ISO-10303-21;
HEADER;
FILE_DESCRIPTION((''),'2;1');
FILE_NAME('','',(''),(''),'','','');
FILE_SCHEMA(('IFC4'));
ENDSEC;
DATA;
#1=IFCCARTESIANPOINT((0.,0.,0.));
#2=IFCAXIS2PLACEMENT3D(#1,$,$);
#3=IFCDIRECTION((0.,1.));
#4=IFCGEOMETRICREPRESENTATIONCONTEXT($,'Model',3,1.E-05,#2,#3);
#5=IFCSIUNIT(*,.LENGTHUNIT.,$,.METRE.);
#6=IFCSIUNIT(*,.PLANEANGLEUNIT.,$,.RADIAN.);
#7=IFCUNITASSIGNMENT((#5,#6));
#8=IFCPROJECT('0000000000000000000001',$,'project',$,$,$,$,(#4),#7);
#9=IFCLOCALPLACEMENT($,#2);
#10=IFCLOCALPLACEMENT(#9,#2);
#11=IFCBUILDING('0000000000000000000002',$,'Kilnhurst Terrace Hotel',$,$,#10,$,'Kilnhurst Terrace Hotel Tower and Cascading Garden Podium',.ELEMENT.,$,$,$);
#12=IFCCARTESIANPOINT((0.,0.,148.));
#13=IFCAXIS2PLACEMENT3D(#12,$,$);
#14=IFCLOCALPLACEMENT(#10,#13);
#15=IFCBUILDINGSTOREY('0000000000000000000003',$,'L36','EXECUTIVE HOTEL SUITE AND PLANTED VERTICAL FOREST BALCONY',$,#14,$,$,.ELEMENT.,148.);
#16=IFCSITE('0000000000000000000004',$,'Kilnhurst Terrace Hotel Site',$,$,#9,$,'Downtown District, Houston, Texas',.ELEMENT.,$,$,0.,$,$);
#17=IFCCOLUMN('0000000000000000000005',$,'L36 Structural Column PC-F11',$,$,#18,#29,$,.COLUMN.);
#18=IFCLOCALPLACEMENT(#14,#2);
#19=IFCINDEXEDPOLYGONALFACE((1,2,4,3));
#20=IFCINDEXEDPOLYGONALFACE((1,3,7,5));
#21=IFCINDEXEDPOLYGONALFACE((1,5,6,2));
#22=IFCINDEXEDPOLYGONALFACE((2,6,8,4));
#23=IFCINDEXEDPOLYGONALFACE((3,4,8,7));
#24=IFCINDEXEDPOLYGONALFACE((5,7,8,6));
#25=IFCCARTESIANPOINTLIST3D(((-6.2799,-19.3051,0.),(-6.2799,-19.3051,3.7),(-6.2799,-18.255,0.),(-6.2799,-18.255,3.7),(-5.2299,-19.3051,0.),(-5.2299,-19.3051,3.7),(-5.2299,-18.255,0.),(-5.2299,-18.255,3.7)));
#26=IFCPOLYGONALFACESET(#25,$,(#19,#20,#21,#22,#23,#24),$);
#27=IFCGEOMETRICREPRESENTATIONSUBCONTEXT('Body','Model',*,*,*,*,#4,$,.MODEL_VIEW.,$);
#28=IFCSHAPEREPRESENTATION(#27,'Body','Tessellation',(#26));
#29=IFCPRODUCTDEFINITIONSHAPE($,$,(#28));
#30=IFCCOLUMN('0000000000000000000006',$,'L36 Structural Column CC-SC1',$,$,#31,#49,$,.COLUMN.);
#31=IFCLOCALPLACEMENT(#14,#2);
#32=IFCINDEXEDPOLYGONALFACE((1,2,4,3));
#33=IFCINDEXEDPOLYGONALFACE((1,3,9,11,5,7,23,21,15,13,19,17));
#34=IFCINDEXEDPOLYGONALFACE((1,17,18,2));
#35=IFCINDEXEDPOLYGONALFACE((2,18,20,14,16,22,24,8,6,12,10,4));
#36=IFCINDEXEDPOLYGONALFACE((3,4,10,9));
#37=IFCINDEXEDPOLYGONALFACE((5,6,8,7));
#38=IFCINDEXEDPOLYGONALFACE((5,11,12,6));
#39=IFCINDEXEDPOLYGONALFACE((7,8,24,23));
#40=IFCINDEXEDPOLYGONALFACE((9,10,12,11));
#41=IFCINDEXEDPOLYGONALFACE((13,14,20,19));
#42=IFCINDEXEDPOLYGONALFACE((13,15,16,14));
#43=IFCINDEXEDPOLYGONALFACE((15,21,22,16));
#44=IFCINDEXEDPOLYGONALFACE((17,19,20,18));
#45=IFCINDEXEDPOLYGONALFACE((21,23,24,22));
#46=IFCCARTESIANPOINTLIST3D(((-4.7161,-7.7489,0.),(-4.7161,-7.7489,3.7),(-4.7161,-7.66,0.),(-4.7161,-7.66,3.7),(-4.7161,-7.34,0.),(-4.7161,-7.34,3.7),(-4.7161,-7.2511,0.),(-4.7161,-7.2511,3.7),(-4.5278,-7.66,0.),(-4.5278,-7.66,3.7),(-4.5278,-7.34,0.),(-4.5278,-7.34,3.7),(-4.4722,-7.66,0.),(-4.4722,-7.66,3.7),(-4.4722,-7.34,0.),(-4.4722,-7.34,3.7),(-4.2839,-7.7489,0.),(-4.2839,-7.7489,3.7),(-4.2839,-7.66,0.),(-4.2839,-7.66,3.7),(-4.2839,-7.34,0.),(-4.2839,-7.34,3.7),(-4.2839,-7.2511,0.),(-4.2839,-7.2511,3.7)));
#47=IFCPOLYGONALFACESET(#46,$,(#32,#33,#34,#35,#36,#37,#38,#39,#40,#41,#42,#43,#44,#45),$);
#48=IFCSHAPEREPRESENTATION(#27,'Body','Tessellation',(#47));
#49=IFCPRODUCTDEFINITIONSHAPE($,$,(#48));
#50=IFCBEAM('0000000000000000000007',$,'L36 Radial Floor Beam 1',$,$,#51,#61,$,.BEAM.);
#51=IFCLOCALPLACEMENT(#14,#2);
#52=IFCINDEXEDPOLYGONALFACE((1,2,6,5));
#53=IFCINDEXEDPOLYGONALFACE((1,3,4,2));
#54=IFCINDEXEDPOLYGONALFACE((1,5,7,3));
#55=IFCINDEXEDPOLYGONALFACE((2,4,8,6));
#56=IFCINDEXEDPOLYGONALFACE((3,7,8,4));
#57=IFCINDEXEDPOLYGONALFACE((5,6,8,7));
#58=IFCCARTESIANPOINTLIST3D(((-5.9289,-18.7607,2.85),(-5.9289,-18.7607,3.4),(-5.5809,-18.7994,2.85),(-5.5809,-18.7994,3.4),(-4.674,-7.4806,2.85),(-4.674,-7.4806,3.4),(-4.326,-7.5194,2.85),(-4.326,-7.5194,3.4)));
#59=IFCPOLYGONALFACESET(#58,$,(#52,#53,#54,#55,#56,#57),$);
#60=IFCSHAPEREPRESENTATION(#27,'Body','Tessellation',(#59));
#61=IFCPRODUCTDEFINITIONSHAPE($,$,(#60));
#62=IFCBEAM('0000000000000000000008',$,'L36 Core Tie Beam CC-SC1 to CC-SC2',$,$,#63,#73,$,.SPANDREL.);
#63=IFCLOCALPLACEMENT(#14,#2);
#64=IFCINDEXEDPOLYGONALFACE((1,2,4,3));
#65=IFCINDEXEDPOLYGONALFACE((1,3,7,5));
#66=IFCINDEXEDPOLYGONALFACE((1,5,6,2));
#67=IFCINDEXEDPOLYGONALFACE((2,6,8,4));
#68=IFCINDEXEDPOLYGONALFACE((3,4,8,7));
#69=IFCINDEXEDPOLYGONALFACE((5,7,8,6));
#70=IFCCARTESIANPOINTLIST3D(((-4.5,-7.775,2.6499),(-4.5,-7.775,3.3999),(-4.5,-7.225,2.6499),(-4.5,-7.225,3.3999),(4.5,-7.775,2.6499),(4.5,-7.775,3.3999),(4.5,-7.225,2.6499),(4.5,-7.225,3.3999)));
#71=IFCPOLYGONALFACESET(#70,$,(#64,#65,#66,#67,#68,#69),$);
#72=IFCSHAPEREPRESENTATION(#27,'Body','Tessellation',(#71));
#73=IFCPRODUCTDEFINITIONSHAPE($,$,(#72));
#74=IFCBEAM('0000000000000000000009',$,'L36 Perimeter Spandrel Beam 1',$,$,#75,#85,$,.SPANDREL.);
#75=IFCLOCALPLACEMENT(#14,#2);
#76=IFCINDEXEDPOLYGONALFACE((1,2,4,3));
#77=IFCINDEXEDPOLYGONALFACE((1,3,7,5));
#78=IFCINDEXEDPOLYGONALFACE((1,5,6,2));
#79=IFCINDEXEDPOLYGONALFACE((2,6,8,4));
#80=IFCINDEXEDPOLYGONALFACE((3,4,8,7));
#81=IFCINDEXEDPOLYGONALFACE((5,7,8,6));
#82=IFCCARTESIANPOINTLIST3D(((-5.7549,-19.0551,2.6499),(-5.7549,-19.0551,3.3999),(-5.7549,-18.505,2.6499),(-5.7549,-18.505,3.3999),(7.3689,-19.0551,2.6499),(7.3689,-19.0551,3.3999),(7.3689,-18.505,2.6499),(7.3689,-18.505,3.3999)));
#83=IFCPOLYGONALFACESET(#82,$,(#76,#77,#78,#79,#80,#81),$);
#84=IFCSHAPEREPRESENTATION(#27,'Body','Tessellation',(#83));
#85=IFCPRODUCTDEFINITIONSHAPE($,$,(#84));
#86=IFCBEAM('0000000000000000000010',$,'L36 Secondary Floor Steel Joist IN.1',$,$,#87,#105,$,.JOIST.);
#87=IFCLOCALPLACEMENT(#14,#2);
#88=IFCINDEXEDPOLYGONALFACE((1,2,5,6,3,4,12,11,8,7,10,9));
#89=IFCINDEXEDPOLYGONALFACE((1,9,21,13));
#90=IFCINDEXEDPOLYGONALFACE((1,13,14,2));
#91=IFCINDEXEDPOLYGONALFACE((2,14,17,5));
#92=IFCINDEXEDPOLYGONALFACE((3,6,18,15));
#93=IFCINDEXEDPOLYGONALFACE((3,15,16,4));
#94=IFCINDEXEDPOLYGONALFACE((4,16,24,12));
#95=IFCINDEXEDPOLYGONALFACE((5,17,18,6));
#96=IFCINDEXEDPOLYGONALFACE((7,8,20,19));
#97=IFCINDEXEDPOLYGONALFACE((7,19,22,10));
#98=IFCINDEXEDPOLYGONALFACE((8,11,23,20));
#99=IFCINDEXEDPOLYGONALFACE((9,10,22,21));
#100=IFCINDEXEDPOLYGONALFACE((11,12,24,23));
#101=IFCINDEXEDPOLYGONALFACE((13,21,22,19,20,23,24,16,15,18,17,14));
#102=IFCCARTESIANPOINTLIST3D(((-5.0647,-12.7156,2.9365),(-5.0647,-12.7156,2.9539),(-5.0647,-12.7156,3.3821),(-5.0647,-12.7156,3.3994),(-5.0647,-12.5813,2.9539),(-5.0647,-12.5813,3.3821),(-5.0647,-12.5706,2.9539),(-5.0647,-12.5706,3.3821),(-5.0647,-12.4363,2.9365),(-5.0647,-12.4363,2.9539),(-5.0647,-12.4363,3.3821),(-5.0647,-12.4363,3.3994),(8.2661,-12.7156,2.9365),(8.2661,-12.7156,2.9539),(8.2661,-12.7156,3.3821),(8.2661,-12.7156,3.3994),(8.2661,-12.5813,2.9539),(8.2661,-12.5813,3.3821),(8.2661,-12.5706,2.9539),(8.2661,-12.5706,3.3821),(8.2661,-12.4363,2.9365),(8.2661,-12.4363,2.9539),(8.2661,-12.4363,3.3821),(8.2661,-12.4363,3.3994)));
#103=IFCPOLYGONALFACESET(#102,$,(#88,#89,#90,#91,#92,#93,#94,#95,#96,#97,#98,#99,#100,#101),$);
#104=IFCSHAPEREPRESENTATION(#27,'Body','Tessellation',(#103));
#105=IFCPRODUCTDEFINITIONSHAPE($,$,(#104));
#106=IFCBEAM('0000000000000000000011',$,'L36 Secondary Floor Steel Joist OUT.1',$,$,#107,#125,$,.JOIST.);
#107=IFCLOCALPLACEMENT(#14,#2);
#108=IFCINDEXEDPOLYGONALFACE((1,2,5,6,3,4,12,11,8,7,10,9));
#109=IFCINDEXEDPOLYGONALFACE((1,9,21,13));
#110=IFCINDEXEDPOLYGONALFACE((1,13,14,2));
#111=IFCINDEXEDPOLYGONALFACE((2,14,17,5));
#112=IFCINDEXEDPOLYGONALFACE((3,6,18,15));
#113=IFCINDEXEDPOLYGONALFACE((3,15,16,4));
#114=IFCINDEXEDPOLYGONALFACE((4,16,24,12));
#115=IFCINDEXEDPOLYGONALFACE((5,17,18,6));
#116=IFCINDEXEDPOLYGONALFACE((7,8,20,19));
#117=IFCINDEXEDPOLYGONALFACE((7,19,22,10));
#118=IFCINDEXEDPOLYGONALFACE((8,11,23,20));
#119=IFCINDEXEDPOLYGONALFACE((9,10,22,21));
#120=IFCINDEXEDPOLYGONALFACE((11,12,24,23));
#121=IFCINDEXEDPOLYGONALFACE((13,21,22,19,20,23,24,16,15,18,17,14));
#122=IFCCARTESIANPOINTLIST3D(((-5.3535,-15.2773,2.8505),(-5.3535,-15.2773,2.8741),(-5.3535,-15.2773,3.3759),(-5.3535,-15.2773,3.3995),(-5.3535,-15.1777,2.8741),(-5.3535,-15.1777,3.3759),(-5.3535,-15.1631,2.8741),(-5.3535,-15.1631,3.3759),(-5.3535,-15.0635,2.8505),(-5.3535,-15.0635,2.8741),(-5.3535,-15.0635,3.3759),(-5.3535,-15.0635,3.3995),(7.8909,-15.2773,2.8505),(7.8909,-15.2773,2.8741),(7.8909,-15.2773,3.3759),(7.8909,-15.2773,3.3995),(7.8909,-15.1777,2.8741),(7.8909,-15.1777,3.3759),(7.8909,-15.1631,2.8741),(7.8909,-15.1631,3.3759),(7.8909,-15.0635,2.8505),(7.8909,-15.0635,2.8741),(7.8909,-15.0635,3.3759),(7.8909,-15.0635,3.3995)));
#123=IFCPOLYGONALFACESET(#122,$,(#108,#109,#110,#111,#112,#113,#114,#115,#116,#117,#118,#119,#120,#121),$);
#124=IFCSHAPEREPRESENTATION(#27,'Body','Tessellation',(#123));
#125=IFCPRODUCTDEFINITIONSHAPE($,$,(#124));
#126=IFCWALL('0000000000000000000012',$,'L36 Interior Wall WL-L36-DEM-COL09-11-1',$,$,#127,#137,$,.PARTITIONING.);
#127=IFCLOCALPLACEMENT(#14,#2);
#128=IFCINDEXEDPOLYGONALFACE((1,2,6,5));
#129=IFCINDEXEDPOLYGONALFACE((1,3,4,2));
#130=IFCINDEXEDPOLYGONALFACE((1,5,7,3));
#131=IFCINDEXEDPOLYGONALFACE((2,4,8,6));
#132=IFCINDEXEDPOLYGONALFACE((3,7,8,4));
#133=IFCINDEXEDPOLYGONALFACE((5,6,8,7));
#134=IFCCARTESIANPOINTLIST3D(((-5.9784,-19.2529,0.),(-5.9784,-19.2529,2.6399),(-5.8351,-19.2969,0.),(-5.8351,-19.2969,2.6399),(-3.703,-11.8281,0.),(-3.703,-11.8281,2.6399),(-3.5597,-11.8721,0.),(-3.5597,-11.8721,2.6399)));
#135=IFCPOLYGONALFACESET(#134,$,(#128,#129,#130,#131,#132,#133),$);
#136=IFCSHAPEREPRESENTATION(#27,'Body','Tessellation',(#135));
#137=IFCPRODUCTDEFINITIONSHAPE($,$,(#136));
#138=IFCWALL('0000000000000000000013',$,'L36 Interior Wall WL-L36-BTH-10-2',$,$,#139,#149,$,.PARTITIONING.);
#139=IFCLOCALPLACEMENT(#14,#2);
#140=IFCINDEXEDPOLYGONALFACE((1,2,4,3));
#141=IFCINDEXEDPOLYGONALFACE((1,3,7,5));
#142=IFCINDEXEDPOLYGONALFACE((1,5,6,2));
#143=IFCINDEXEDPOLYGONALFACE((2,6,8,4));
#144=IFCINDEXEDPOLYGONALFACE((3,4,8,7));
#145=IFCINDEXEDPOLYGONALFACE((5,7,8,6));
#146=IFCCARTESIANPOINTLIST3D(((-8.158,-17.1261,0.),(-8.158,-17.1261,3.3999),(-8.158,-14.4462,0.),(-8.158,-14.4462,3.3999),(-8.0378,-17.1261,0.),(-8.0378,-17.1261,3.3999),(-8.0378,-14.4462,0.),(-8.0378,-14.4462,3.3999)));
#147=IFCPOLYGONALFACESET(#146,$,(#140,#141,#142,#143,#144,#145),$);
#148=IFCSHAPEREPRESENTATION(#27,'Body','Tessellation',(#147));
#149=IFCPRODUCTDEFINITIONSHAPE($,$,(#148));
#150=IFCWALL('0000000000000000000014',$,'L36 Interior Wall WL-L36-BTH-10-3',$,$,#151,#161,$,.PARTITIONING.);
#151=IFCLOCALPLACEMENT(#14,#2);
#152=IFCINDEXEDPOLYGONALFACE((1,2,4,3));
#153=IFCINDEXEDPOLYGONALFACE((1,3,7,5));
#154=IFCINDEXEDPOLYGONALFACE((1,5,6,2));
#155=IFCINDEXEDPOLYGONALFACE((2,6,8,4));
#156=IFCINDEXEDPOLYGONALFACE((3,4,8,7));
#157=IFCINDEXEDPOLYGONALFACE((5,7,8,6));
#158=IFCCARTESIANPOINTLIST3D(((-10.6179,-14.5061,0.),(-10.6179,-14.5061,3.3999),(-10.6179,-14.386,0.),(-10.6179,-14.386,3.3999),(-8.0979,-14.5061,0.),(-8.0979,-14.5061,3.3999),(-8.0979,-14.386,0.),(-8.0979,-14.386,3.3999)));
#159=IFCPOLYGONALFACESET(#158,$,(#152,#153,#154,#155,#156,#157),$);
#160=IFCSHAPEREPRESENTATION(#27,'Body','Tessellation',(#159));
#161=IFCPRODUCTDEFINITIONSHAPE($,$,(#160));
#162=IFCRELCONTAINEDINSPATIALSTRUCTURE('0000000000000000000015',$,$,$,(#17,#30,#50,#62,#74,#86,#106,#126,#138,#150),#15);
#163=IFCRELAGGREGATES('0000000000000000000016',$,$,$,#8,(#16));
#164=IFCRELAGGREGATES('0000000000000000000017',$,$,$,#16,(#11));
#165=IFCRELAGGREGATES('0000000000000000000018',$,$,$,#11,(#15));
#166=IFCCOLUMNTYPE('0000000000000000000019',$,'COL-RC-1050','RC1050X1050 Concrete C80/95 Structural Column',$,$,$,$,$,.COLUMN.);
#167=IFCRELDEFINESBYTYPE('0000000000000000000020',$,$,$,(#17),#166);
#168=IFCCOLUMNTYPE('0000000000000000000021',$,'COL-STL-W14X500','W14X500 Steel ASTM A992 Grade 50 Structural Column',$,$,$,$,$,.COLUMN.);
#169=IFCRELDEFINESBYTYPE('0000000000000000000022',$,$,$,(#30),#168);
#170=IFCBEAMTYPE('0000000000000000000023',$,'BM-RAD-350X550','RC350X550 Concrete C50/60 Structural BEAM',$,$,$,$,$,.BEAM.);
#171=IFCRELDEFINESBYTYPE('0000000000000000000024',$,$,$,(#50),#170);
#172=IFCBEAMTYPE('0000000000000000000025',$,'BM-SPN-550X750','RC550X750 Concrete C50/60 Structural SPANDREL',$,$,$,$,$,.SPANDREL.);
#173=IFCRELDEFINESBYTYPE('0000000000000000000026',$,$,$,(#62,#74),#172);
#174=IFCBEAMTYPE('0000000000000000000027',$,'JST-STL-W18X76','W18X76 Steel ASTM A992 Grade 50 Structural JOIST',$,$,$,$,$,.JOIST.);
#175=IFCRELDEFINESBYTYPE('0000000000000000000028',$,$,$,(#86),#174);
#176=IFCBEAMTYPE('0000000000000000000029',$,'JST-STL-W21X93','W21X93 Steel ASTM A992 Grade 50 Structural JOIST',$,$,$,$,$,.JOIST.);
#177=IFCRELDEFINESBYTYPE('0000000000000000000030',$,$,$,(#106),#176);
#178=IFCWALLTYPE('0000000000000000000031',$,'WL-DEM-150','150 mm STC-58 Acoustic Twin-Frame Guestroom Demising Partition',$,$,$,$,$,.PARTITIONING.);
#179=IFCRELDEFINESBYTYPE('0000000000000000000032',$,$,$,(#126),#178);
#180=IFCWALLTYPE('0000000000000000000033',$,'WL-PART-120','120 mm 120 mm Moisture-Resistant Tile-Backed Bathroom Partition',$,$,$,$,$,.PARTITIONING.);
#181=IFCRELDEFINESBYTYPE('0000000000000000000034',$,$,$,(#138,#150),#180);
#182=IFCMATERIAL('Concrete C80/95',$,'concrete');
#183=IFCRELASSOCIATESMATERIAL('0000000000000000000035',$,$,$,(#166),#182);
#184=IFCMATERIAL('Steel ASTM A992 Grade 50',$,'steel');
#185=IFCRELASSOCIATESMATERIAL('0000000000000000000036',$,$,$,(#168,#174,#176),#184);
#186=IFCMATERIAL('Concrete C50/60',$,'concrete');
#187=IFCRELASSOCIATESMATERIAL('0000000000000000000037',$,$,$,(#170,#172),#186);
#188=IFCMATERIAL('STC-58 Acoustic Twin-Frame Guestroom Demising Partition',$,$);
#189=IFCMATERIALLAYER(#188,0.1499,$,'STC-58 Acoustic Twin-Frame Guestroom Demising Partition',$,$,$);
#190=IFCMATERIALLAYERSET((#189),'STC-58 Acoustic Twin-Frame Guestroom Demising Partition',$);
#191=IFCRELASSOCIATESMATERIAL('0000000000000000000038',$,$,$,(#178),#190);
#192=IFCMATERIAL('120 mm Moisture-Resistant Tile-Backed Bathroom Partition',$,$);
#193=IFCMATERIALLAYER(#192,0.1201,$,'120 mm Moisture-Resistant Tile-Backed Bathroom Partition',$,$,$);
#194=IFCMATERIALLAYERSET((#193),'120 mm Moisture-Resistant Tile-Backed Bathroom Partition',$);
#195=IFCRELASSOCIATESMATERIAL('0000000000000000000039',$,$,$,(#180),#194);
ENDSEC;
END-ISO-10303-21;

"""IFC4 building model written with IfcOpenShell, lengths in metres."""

from ifc_helpers import new_model, si_unit, direction, frame, frame_2d, origin, origin_2d, place, context, subcontext, project, spatial, rectangle, i_section, extrude, material, layer, layer_set, material_profile, profile_set, type_object, element, save


model = new_model("IFC4")

# Units and contexts
model_context = context("Model", 3, precision=1e-05, world=origin(), true_north=direction((0.0, 1.0)))
body_context = subcontext(model_context, "Body", "Model", "MODEL_VIEW")
ifc_project = project(units=[si_unit("LENGTHUNIT", "METRE"), si_unit("PLANEANGLEUNIT", "RADIAN")], contexts=[model_context])

# Site, building, storey
site_placement = place(None, origin())
site = spatial("IfcSite", under=ifc_project, at=site_placement, Name="Kilnhurst Terrace Hotel Site", LongName="Downtown District, Houston, Texas", CompositionType="ELEMENT", RefElevation=0.0)
building_placement = place(site_placement, origin())
building = spatial("IfcBuilding", under=site, at=building_placement, Name="Kilnhurst Terrace Hotel", LongName="Kilnhurst Terrace Hotel Tower and Cascading Garden Podium", CompositionType="ELEMENT")
storey_placement = place(building_placement, frame((0.0, 0.0, 148.0)))
storey = spatial("IfcBuildingStorey", under=building, at=storey_placement, Name="L36", Description="EXECUTIVE HOTEL SUITE AND PLANTED VERTICAL FOREST BALCONY", CompositionType="ELEMENT", Elevation=148.0)

# Columns
ifc_material_1 = material(Name="Concrete C80/95", Category="concrete")
ifc_material_profile_1 = material_profile(ifc_material_1, rectangle(XDim=1.05, YDim=1.05, at=origin_2d()), Name="RC1050X1050")
ifc_profile_set_1 = profile_set([ifc_material_profile_1], Name="Concrete C80/95")
column_type_1 = type_object("IfcColumnType", Name="COL-RC-1050", Description="RC1050X1050 Concrete C80/95 Structural Column", PredefinedType="COLUMN", material=ifc_profile_set_1)
column_1_placement = place(storey_placement, frame((-5.7549, -18.78, 0.0), z_axis=(0.0, 0.0, 1.0), x_axis=(1.0, 0.0, 0.0)))
element("IfcColumn", 1, at=column_1_placement, inside=storey, type_object=column_type_1, Name="L36 Structural Column PC-F11", PredefinedType="COLUMN", context=body_context, shape_type="SweptSolid", body=[
    extrude(rectangle(XDim=1.05, YDim=1.05, at=origin_2d()), origin(), (0.0, 0.0, 1.0), 3.7),
])
ifc_material_2 = material(Name="Steel ASTM A992 Grade 50", Category="steel")
ifc_material_profile_2 = material_profile(ifc_material_2, i_section(OverallWidth=0.4321, OverallDepth=0.4978, WebThickness=0.0557, FlangeThickness=0.0889, at=origin_2d()), Name="W14X500")
ifc_profile_set_2 = profile_set([ifc_material_profile_2], Name="Steel ASTM A992 Grade 50")
column_type_2 = type_object("IfcColumnType", Name="COL-STL-W14X500", Description="W14X500 Steel ASTM A992 Grade 50 Structural Column", PredefinedType="COLUMN", material=ifc_profile_set_2)
column_2_placement = place(storey_placement, frame((-4.5, -7.5, 0.0), z_axis=(0.0, 0.0, 1.0), x_axis=(1.0, 0.0, 0.0)))
element("IfcColumn", 2, at=column_2_placement, inside=storey, type_object=column_type_2, Name="L36 Structural Column CC-SC1", PredefinedType="COLUMN", context=body_context, shape_type="SweptSolid", body=[
    extrude(i_section(OverallWidth=0.4321, OverallDepth=0.4978, WebThickness=0.0557, FlangeThickness=0.0889, at=origin_2d()), origin(), (0.0, 0.0, 1.0), 3.7),
])

# Beams
ifc_material_3 = material(Name="Concrete C50/60", Category="concrete")
ifc_material_profile_3 = material_profile(ifc_material_3, rectangle(XDim=0.3501, YDim=0.55, at=origin_2d()), Name="RC350X550")
ifc_profile_set_3 = profile_set([ifc_material_profile_3], Name="Concrete C50/60")
beam_type_1 = type_object("IfcBeamType", Name="BM-RAD-350X550", Description="RC350X550 Concrete C50/60 Structural BEAM", PredefinedType="BEAM", material=ifc_profile_set_3)
beam_1_placement = place(storey_placement, frame((-4.5, -7.5, 3.125), z_axis=(-0.110566, -0.993869, 0.0), x_axis=(0.993869, -0.110566, 0.0)))
element("IfcBeam", 3, at=beam_1_placement, inside=storey, type_object=beam_type_1, Name="L36 Radial Floor Beam 1", PredefinedType="BEAM", context=body_context, shape_type="SweptSolid", body=[
    extrude(rectangle(XDim=0.3501, YDim=0.55, at=origin_2d()), origin(), (0.0, 0.0, 1.0), 11.3496),
])
ifc_material_profile_4 = material_profile(ifc_material_3, rectangle(XDim=0.55, YDim=0.75, at=origin_2d()), Name="RC550X750")
ifc_profile_set_4 = profile_set([ifc_material_profile_4], Name="Concrete C50/60")
beam_type_2 = type_object("IfcBeamType", Name="BM-SPN-550X750", Description="RC550X750 Concrete C50/60 Structural SPANDREL", PredefinedType="SPANDREL", material=ifc_profile_set_4)
beam_2_placement = place(storey_placement, frame((-4.5, -7.5, 3.0249), z_axis=(1.0, 0.0, 0.0), x_axis=(0.0, 1.0, 0.0)))
element("IfcBeam", 4, at=beam_2_placement, inside=storey, type_object=beam_type_2, Name="L36 Core Tie Beam CC-SC1 to CC-SC2", PredefinedType="SPANDREL", context=body_context, shape_type="SweptSolid", body=[
    extrude(rectangle(XDim=0.55, YDim=0.75, at=origin_2d()), origin(), (0.0, 0.0, 1.0), 9.0),
])
beam_3_placement = place(storey_placement, frame((-5.7549, -18.78, 3.0249), z_axis=(1.0, 0.0, 0.0), x_axis=(0.0, 1.0, 0.0)))
element("IfcBeam", 5, at=beam_3_placement, inside=storey, type_object=beam_type_2, Name="L36 Perimeter Spandrel Beam 1", PredefinedType="SPANDREL", context=body_context, shape_type="SweptSolid", body=[
    extrude(rectangle(XDim=0.55, YDim=0.75, at=origin_2d()), origin(), (0.0, 0.0, 1.0), 13.1238),
])
ifc_material_profile_5 = material_profile(ifc_material_2, i_section(OverallWidth=0.2793, OverallDepth=0.4629, WebThickness=0.0107, FlangeThickness=0.0173, at=origin_2d()), Name="W18X76")
ifc_profile_set_5 = profile_set([ifc_material_profile_5], Name="Steel ASTM A992 Grade 50")
beam_type_3 = type_object("IfcBeamType", Name="JST-STL-W18X76", Description="W18X76 Steel ASTM A992 Grade 50 Structural JOIST", PredefinedType="JOIST", material=ifc_profile_set_5)
beam_4_placement = place(storey_placement, frame((-5.0647, -12.5759, 3.168), z_axis=(1.0, 0.0, 0.0), x_axis=(0.0, 1.0, 0.0)))
element("IfcBeam", 6, at=beam_4_placement, inside=storey, type_object=beam_type_3, Name="L36 Secondary Floor Steel Joist IN.1", PredefinedType="JOIST", context=body_context, shape_type="SweptSolid", body=[
    extrude(i_section(OverallWidth=0.2793, OverallDepth=0.4629, WebThickness=0.0107, FlangeThickness=0.0173, at=origin_2d()), origin(), (0.0, 0.0, 1.0), 13.3308),
])
ifc_material_profile_6 = material_profile(ifc_material_2, i_section(OverallWidth=0.2139, OverallDepth=0.5491, WebThickness=0.0146, FlangeThickness=0.0237, at=origin_2d()), Name="W21X93")
ifc_profile_set_6 = profile_set([ifc_material_profile_6], Name="Steel ASTM A992 Grade 50")
beam_type_4 = type_object("IfcBeamType", Name="JST-STL-W21X93", Description="W21X93 Steel ASTM A992 Grade 50 Structural JOIST", PredefinedType="JOIST", material=ifc_profile_set_6)
beam_5_placement = place(storey_placement, frame((-5.3535, -15.1704, 3.125), z_axis=(1.0, 0.0, 0.0), x_axis=(0.0, 1.0, 0.0)))
element("IfcBeam", 7, at=beam_5_placement, inside=storey, type_object=beam_type_4, Name="L36 Secondary Floor Steel Joist OUT.1", PredefinedType="JOIST", context=body_context, shape_type="SweptSolid", body=[
    extrude(i_section(OverallWidth=0.2139, OverallDepth=0.5491, WebThickness=0.0146, FlangeThickness=0.0237, at=origin_2d()), origin(), (0.0, 0.0, 1.0), 13.2444),
])

# Walls
ifc_material_4 = material(Name="STC-58 Acoustic Twin-Frame Guestroom Demising Partition")
ifc_layer_1 = layer(ifc_material_4, 0.1499, Name="STC-58 Acoustic Twin-Frame Guestroom Demising Partition")
ifc_layer_set_1 = layer_set([ifc_layer_1], Name="STC-58 Acoustic Twin-Frame Guestroom Demising Partition")
wall_type_1 = type_object("IfcWallType", Name="WL-DEM-150", Description="150 mm STC-58 Acoustic Twin-Frame Guestroom Demising Partition", PredefinedType="PARTITIONING", material=ifc_layer_set_1)
wall_1_placement = place(storey_placement, frame((-3.6313, -11.8501, 0.0), z_axis=(0.0, 0.0, 1.0), x_axis=(-0.293008, -0.95611, 0.0)))
element("IfcWall", 8, at=wall_1_placement, inside=storey, type_object=wall_type_1, Name="L36 Interior Wall WL-L36-DEM-COL09-11-1", PredefinedType="PARTITIONING", context=body_context, shape_type="SweptSolid", body=[
    extrude(rectangle(XDim=7.7656, YDim=0.1499, at=frame_2d((3.8828, 0.0))), origin(), (0.0, 0.0, 1.0), 2.6399),
])
ifc_material_5 = material(Name="120 mm Moisture-Resistant Tile-Backed Bathroom Partition")
ifc_layer_2 = layer(ifc_material_5, 0.1201, Name="120 mm Moisture-Resistant Tile-Backed Bathroom Partition")
ifc_layer_set_2 = layer_set([ifc_layer_2], Name="120 mm Moisture-Resistant Tile-Backed Bathroom Partition")
wall_type_2 = type_object("IfcWallType", Name="WL-PART-120", Description="120 mm 120 mm Moisture-Resistant Tile-Backed Bathroom Partition", PredefinedType="PARTITIONING", material=ifc_layer_set_2)
wall_2_placement = place(storey_placement, frame((-8.0979, -17.126, 0.0), z_axis=(0.0, 0.0, 1.0), x_axis=(0.0, 1.0, 0.0)))
element("IfcWall", 9, at=wall_2_placement, inside=storey, type_object=wall_type_2, Name="L36 Interior Wall WL-L36-BTH-10-2", PredefinedType="PARTITIONING", context=body_context, shape_type="SweptSolid", body=[
    extrude(rectangle(XDim=2.6799, YDim=0.1201, at=frame_2d((1.3398, 0.0))), origin(), (0.0, 0.0, 1.0), 3.3999),
])
wall_3_placement = place(storey_placement, frame((-8.0979, -14.446, 0.0), z_axis=(0.0, 0.0, 1.0), x_axis=(-1.0, 0.0, 0.0)))
element("IfcWall", 10, at=wall_3_placement, inside=storey, type_object=wall_type_2, Name="L36 Interior Wall WL-L36-BTH-10-3", PredefinedType="PARTITIONING", context=body_context, shape_type="SweptSolid", body=[
    extrude(rectangle(XDim=2.52, YDim=0.1201, at=frame_2d((1.26, 0.0))), origin(), (0.0, 0.0, 1.0), 3.3999),
])

save(model, "model.ifc")
